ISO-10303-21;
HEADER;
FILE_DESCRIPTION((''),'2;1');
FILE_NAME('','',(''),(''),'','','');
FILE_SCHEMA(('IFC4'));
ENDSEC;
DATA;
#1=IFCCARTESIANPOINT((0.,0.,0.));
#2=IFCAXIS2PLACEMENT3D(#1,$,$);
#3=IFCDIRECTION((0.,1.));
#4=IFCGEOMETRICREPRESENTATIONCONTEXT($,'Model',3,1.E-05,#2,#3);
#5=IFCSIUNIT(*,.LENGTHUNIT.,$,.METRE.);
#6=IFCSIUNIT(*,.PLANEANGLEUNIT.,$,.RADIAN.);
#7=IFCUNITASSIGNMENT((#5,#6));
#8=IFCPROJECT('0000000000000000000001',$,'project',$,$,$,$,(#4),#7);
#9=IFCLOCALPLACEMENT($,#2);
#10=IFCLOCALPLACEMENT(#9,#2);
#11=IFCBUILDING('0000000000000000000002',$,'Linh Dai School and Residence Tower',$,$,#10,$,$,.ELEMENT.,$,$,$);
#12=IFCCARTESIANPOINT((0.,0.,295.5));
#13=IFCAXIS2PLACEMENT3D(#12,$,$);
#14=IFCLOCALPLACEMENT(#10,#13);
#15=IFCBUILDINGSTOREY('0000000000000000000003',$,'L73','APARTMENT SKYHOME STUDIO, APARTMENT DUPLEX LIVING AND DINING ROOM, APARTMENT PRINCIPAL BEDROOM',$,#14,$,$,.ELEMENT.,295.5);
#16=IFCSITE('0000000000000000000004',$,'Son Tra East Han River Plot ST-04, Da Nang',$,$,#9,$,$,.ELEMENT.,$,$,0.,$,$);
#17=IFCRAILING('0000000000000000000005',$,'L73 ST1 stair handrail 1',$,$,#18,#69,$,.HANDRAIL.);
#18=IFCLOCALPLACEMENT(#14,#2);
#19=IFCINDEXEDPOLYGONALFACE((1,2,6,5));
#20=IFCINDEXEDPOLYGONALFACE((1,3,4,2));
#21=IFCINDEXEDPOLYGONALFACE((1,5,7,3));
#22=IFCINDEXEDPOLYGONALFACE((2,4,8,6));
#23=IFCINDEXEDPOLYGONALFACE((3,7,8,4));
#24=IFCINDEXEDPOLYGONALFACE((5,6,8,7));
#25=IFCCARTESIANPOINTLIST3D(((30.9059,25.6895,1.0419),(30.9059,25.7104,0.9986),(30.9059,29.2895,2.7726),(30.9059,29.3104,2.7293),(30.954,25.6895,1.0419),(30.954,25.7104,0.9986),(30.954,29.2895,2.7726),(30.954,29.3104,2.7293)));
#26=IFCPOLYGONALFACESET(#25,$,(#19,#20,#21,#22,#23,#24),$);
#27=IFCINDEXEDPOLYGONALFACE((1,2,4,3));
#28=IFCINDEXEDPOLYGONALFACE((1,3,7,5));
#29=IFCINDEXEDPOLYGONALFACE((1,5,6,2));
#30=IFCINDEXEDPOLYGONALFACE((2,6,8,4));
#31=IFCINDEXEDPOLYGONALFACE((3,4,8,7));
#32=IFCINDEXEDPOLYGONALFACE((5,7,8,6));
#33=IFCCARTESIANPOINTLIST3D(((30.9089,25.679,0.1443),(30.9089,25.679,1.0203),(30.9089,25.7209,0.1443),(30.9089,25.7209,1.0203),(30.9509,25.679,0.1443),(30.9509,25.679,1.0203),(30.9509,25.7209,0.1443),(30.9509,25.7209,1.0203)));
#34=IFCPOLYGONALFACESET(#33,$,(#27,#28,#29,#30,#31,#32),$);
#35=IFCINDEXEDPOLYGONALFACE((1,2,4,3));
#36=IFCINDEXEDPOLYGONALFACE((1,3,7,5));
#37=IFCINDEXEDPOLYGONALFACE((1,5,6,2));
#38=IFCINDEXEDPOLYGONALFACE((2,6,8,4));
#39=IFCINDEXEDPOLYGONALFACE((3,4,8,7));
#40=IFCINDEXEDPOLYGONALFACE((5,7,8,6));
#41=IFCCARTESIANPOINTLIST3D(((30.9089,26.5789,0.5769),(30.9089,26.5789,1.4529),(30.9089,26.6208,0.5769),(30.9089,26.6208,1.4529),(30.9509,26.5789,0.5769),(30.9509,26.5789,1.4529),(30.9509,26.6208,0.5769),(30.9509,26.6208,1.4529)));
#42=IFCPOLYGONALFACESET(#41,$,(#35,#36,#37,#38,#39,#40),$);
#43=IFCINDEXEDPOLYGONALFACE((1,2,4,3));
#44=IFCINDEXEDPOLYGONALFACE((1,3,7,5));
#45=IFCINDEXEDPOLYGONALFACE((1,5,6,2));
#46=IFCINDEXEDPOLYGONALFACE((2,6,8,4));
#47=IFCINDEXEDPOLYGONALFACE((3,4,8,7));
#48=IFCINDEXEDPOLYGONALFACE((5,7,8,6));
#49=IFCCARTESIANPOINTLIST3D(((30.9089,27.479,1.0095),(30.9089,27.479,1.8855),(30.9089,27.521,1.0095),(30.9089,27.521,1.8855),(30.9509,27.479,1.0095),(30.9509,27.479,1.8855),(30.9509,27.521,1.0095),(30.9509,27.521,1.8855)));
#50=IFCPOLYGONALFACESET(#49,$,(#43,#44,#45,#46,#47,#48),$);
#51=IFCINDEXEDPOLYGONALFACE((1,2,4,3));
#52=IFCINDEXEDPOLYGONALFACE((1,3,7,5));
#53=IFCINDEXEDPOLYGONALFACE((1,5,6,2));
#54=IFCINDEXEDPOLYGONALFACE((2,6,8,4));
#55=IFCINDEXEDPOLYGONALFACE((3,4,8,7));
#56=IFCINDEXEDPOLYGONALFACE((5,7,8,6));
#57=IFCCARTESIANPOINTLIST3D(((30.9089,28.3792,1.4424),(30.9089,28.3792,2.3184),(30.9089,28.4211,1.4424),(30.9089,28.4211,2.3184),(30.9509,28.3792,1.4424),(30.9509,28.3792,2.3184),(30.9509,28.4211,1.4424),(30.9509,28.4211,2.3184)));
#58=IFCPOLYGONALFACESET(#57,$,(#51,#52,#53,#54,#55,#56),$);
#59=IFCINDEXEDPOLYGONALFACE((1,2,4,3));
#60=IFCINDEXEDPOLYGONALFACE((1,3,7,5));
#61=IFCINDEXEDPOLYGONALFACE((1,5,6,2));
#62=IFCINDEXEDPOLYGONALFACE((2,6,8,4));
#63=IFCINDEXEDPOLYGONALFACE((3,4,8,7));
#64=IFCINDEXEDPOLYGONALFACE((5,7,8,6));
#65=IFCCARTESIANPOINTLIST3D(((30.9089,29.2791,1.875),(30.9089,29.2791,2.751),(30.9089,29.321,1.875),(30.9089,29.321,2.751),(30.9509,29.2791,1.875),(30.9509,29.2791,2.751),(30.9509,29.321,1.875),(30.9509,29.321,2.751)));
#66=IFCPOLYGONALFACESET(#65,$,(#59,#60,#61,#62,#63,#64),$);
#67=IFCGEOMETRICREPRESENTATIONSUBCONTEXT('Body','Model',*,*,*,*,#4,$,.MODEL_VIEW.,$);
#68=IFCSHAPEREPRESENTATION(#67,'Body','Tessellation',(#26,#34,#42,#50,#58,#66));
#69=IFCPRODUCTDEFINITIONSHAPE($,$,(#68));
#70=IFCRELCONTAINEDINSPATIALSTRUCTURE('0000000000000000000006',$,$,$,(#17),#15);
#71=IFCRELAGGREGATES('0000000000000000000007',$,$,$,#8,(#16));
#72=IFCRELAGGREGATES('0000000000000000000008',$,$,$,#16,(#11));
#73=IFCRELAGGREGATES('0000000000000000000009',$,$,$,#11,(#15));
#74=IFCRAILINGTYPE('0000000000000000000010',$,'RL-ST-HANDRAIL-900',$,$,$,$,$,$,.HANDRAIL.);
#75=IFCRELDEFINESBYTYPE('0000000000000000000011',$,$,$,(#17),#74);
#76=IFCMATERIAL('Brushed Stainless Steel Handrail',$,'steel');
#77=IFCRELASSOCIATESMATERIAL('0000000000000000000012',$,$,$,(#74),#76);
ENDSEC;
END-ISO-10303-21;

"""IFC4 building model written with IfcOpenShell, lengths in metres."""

from ifc_helpers import new_model, si_unit, direction, frame, origin, origin_2d, place, context, subcontext, project, spatial, rectangle, extrude, source, transform, mapped, material, type_object, element, save


model = new_model("IFC4")

# Units and contexts
model_context = context("Model", 3, precision=1e-05, world=origin(), true_north=direction((0.0, 1.0)))
body_context = subcontext(model_context, "Body", "Model", "MODEL_VIEW")
ifc_project = project(units=[si_unit("LENGTHUNIT", "METRE"), si_unit("PLANEANGLEUNIT", "RADIAN")], contexts=[model_context])

# Site, building, storey
site_placement = place(None, origin())
site = spatial("IfcSite", under=ifc_project, at=site_placement, Name="Son Tra East Han River Plot ST-04, Da Nang", CompositionType="ELEMENT", RefElevation=0.0)
building_placement = place(site_placement, origin())
building = spatial("IfcBuilding", under=site, at=building_placement, Name="Linh Dai School and Residence Tower", CompositionType="ELEMENT")
storey_placement = place(building_placement, frame((0.0, 0.0, 295.5)))
storey = spatial("IfcBuildingStorey", under=building, at=storey_placement, Name="L73", Description="APARTMENT SKYHOME STUDIO, APARTMENT DUPLEX LIVING AND DINING ROOM, APARTMENT PRINCIPAL BEDROOM", CompositionType="ELEMENT", Elevation=295.5)

# Railing
ifc_material_1 = material(Name="Brushed Stainless Steel Handrail", Category="steel")
railing_type_1 = type_object("IfcRailingType", Name="RL-ST-HANDRAIL-900", PredefinedType="HANDRAIL", material=ifc_material_1)
shared_shape_1 = source(origin(), body_context, "Body", "SweptSolid", [
    extrude(rectangle(XDim=0.0481, YDim=0.0481, at=origin_2d()), frame((0.0, 0.0, 0.876), z_axis=(0.0, 0.901263, 0.433273), x_axis=(-1.0, 0.0, 0.0)), (0.0, 0.0, 1.0), 3.9944),
    extrude(rectangle(XDim=0.042, YDim=0.042, at=origin_2d()), origin(), (0.0, 0.0, 1.0), 0.876),
    extrude(rectangle(XDim=0.042, YDim=0.042, at=origin_2d()), frame((0.0, 0.8999, 0.4326)), (0.0, 0.0, 1.0), 0.876),
    extrude(rectangle(XDim=0.042, YDim=0.042, at=origin_2d()), frame((0.0, 1.8, 0.8652)), (0.0, 0.0, 1.0), 0.876),
    extrude(rectangle(XDim=0.042, YDim=0.042, at=origin_2d()), frame((0.0, 2.7002, 1.2981)), (0.0, 0.0, 1.0), 0.876),
    extrude(rectangle(XDim=0.042, YDim=0.042, at=origin_2d()), frame((0.0, 3.6001, 1.7307)), (0.0, 0.0, 1.0), 0.876),
])
railing_1_placement = place(storey_placement, frame((30.9299, 25.7, 0.1443)))
element("IfcRailing", 1, at=railing_1_placement, inside=storey, type_object=railing_type_1, Name="L73 ST1 stair handrail 1", PredefinedType="HANDRAIL", context=body_context, shape_type="MappedRepresentation", body=[
    mapped(shared_shape_1, transform((0.0, 0.0, 0.0), x_axis=(1.0, 0.0, 0.0), y_axis=(0.0, 1.0, 0.0), z_axis=(0.0, 0.0, 1.0), scale=1.0)),
])

save(model, "model.ifc")
